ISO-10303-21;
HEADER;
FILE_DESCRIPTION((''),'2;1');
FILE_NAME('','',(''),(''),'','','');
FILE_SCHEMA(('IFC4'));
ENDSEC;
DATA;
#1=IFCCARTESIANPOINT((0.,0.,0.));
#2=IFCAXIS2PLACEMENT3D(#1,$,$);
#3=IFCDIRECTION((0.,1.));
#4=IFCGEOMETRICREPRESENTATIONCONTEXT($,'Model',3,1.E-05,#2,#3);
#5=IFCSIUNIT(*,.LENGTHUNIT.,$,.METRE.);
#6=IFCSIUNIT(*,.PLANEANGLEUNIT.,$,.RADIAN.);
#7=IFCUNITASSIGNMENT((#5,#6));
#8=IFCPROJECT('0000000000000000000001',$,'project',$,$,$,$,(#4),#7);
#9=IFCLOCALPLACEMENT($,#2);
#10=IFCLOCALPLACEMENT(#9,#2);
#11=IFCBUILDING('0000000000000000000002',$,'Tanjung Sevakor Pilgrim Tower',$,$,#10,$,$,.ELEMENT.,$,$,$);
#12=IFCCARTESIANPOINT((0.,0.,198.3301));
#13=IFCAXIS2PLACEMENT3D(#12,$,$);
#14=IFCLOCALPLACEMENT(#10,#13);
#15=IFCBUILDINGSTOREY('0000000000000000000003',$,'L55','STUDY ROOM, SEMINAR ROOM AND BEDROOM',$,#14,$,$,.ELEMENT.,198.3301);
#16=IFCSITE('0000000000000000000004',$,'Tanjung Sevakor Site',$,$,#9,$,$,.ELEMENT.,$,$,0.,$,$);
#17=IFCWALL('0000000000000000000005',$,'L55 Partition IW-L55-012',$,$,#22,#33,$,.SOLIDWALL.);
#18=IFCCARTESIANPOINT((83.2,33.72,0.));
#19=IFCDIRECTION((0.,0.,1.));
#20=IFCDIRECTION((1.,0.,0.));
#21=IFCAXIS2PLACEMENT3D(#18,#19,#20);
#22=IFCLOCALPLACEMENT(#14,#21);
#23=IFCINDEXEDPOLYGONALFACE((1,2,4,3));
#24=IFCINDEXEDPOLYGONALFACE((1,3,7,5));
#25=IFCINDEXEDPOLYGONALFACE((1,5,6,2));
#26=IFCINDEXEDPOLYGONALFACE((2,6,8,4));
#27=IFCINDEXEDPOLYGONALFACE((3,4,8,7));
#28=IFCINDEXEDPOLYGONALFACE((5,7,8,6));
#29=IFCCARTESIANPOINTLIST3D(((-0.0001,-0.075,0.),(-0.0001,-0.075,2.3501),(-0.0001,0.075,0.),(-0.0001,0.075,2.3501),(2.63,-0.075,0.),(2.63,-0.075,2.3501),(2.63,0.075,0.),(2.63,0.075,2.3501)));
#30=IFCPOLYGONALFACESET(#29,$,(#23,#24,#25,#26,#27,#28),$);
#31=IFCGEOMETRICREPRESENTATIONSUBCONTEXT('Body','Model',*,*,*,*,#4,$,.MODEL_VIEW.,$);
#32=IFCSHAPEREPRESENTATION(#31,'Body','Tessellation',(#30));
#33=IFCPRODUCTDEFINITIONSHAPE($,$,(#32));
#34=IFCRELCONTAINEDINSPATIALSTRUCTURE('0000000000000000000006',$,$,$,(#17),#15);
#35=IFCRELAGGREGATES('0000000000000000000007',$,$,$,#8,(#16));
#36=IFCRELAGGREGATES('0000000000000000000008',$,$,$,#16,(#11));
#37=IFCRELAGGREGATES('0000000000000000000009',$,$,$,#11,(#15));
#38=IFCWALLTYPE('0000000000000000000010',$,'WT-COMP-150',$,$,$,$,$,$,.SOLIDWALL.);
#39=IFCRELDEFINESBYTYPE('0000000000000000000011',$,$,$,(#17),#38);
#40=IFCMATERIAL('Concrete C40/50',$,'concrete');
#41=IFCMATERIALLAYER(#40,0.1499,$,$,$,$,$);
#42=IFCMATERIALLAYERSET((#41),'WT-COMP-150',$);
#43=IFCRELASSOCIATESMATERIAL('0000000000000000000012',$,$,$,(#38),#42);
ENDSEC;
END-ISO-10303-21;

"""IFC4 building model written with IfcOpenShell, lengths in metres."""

from ifc_helpers import new_model, si_unit, direction, frame, frame_2d, origin, place, context, subcontext, project, spatial, rectangle, extrude, material, layer, layer_set, type_object, element, save


model = new_model("IFC4")

# Units and contexts
model_context = context("Model", 3, precision=1e-05, world=origin(), true_north=direction((0.0, 1.0)))
body_context = subcontext(model_context, "Body", "Model", "MODEL_VIEW")
ifc_project = project(units=[si_unit("LENGTHUNIT", "METRE"), si_unit("PLANEANGLEUNIT", "RADIAN")], contexts=[model_context])

# Site, building, storey
site_placement = place(None, origin())
site = spatial("IfcSite", under=ifc_project, at=site_placement, Name="Tanjung Sevakor Site", CompositionType="ELEMENT", RefElevation=0.0)
building_placement = place(site_placement, origin())
building = spatial("IfcBuilding", under=site, at=building_placement, Name="Tanjung Sevakor Pilgrim Tower", CompositionType="ELEMENT")
storey_placement = place(building_placement, frame((0.0, 0.0, 198.3301)))
storey = spatial("IfcBuildingStorey", under=building, at=storey_placement, Name="L55", Description="STUDY ROOM, SEMINAR ROOM AND BEDROOM", CompositionType="ELEMENT", Elevation=198.3301)

# Wall
ifc_material_1 = material(Name="Concrete C40/50", Category="concrete")
ifc_layer_1 = layer(ifc_material_1, 0.1499)
ifc_layer_set_1 = layer_set([ifc_layer_1], Name="WT-COMP-150")
wall_type_1 = type_object("IfcWallType", Name="WT-COMP-150", PredefinedType="SOLIDWALL", material=ifc_layer_set_1)
wall_1_placement = place(storey_placement, frame((83.2, 33.72, 0.0), z_axis=(0.0, 0.0, 1.0), x_axis=(1.0, 0.0, 0.0)))
element("IfcWall", 1, at=wall_1_placement, inside=storey, type_object=wall_type_1, Name="L55 Partition IW-L55-012", PredefinedType="SOLIDWALL", context=body_context, shape_type="SweptSolid", body=[
    extrude(rectangle(XDim=2.6301, YDim=0.1499, at=frame_2d((1.3149, 0.0))), origin(), (0.0, 0.0, 1.0), 2.3501),
])

save(model, "model.ifc")
